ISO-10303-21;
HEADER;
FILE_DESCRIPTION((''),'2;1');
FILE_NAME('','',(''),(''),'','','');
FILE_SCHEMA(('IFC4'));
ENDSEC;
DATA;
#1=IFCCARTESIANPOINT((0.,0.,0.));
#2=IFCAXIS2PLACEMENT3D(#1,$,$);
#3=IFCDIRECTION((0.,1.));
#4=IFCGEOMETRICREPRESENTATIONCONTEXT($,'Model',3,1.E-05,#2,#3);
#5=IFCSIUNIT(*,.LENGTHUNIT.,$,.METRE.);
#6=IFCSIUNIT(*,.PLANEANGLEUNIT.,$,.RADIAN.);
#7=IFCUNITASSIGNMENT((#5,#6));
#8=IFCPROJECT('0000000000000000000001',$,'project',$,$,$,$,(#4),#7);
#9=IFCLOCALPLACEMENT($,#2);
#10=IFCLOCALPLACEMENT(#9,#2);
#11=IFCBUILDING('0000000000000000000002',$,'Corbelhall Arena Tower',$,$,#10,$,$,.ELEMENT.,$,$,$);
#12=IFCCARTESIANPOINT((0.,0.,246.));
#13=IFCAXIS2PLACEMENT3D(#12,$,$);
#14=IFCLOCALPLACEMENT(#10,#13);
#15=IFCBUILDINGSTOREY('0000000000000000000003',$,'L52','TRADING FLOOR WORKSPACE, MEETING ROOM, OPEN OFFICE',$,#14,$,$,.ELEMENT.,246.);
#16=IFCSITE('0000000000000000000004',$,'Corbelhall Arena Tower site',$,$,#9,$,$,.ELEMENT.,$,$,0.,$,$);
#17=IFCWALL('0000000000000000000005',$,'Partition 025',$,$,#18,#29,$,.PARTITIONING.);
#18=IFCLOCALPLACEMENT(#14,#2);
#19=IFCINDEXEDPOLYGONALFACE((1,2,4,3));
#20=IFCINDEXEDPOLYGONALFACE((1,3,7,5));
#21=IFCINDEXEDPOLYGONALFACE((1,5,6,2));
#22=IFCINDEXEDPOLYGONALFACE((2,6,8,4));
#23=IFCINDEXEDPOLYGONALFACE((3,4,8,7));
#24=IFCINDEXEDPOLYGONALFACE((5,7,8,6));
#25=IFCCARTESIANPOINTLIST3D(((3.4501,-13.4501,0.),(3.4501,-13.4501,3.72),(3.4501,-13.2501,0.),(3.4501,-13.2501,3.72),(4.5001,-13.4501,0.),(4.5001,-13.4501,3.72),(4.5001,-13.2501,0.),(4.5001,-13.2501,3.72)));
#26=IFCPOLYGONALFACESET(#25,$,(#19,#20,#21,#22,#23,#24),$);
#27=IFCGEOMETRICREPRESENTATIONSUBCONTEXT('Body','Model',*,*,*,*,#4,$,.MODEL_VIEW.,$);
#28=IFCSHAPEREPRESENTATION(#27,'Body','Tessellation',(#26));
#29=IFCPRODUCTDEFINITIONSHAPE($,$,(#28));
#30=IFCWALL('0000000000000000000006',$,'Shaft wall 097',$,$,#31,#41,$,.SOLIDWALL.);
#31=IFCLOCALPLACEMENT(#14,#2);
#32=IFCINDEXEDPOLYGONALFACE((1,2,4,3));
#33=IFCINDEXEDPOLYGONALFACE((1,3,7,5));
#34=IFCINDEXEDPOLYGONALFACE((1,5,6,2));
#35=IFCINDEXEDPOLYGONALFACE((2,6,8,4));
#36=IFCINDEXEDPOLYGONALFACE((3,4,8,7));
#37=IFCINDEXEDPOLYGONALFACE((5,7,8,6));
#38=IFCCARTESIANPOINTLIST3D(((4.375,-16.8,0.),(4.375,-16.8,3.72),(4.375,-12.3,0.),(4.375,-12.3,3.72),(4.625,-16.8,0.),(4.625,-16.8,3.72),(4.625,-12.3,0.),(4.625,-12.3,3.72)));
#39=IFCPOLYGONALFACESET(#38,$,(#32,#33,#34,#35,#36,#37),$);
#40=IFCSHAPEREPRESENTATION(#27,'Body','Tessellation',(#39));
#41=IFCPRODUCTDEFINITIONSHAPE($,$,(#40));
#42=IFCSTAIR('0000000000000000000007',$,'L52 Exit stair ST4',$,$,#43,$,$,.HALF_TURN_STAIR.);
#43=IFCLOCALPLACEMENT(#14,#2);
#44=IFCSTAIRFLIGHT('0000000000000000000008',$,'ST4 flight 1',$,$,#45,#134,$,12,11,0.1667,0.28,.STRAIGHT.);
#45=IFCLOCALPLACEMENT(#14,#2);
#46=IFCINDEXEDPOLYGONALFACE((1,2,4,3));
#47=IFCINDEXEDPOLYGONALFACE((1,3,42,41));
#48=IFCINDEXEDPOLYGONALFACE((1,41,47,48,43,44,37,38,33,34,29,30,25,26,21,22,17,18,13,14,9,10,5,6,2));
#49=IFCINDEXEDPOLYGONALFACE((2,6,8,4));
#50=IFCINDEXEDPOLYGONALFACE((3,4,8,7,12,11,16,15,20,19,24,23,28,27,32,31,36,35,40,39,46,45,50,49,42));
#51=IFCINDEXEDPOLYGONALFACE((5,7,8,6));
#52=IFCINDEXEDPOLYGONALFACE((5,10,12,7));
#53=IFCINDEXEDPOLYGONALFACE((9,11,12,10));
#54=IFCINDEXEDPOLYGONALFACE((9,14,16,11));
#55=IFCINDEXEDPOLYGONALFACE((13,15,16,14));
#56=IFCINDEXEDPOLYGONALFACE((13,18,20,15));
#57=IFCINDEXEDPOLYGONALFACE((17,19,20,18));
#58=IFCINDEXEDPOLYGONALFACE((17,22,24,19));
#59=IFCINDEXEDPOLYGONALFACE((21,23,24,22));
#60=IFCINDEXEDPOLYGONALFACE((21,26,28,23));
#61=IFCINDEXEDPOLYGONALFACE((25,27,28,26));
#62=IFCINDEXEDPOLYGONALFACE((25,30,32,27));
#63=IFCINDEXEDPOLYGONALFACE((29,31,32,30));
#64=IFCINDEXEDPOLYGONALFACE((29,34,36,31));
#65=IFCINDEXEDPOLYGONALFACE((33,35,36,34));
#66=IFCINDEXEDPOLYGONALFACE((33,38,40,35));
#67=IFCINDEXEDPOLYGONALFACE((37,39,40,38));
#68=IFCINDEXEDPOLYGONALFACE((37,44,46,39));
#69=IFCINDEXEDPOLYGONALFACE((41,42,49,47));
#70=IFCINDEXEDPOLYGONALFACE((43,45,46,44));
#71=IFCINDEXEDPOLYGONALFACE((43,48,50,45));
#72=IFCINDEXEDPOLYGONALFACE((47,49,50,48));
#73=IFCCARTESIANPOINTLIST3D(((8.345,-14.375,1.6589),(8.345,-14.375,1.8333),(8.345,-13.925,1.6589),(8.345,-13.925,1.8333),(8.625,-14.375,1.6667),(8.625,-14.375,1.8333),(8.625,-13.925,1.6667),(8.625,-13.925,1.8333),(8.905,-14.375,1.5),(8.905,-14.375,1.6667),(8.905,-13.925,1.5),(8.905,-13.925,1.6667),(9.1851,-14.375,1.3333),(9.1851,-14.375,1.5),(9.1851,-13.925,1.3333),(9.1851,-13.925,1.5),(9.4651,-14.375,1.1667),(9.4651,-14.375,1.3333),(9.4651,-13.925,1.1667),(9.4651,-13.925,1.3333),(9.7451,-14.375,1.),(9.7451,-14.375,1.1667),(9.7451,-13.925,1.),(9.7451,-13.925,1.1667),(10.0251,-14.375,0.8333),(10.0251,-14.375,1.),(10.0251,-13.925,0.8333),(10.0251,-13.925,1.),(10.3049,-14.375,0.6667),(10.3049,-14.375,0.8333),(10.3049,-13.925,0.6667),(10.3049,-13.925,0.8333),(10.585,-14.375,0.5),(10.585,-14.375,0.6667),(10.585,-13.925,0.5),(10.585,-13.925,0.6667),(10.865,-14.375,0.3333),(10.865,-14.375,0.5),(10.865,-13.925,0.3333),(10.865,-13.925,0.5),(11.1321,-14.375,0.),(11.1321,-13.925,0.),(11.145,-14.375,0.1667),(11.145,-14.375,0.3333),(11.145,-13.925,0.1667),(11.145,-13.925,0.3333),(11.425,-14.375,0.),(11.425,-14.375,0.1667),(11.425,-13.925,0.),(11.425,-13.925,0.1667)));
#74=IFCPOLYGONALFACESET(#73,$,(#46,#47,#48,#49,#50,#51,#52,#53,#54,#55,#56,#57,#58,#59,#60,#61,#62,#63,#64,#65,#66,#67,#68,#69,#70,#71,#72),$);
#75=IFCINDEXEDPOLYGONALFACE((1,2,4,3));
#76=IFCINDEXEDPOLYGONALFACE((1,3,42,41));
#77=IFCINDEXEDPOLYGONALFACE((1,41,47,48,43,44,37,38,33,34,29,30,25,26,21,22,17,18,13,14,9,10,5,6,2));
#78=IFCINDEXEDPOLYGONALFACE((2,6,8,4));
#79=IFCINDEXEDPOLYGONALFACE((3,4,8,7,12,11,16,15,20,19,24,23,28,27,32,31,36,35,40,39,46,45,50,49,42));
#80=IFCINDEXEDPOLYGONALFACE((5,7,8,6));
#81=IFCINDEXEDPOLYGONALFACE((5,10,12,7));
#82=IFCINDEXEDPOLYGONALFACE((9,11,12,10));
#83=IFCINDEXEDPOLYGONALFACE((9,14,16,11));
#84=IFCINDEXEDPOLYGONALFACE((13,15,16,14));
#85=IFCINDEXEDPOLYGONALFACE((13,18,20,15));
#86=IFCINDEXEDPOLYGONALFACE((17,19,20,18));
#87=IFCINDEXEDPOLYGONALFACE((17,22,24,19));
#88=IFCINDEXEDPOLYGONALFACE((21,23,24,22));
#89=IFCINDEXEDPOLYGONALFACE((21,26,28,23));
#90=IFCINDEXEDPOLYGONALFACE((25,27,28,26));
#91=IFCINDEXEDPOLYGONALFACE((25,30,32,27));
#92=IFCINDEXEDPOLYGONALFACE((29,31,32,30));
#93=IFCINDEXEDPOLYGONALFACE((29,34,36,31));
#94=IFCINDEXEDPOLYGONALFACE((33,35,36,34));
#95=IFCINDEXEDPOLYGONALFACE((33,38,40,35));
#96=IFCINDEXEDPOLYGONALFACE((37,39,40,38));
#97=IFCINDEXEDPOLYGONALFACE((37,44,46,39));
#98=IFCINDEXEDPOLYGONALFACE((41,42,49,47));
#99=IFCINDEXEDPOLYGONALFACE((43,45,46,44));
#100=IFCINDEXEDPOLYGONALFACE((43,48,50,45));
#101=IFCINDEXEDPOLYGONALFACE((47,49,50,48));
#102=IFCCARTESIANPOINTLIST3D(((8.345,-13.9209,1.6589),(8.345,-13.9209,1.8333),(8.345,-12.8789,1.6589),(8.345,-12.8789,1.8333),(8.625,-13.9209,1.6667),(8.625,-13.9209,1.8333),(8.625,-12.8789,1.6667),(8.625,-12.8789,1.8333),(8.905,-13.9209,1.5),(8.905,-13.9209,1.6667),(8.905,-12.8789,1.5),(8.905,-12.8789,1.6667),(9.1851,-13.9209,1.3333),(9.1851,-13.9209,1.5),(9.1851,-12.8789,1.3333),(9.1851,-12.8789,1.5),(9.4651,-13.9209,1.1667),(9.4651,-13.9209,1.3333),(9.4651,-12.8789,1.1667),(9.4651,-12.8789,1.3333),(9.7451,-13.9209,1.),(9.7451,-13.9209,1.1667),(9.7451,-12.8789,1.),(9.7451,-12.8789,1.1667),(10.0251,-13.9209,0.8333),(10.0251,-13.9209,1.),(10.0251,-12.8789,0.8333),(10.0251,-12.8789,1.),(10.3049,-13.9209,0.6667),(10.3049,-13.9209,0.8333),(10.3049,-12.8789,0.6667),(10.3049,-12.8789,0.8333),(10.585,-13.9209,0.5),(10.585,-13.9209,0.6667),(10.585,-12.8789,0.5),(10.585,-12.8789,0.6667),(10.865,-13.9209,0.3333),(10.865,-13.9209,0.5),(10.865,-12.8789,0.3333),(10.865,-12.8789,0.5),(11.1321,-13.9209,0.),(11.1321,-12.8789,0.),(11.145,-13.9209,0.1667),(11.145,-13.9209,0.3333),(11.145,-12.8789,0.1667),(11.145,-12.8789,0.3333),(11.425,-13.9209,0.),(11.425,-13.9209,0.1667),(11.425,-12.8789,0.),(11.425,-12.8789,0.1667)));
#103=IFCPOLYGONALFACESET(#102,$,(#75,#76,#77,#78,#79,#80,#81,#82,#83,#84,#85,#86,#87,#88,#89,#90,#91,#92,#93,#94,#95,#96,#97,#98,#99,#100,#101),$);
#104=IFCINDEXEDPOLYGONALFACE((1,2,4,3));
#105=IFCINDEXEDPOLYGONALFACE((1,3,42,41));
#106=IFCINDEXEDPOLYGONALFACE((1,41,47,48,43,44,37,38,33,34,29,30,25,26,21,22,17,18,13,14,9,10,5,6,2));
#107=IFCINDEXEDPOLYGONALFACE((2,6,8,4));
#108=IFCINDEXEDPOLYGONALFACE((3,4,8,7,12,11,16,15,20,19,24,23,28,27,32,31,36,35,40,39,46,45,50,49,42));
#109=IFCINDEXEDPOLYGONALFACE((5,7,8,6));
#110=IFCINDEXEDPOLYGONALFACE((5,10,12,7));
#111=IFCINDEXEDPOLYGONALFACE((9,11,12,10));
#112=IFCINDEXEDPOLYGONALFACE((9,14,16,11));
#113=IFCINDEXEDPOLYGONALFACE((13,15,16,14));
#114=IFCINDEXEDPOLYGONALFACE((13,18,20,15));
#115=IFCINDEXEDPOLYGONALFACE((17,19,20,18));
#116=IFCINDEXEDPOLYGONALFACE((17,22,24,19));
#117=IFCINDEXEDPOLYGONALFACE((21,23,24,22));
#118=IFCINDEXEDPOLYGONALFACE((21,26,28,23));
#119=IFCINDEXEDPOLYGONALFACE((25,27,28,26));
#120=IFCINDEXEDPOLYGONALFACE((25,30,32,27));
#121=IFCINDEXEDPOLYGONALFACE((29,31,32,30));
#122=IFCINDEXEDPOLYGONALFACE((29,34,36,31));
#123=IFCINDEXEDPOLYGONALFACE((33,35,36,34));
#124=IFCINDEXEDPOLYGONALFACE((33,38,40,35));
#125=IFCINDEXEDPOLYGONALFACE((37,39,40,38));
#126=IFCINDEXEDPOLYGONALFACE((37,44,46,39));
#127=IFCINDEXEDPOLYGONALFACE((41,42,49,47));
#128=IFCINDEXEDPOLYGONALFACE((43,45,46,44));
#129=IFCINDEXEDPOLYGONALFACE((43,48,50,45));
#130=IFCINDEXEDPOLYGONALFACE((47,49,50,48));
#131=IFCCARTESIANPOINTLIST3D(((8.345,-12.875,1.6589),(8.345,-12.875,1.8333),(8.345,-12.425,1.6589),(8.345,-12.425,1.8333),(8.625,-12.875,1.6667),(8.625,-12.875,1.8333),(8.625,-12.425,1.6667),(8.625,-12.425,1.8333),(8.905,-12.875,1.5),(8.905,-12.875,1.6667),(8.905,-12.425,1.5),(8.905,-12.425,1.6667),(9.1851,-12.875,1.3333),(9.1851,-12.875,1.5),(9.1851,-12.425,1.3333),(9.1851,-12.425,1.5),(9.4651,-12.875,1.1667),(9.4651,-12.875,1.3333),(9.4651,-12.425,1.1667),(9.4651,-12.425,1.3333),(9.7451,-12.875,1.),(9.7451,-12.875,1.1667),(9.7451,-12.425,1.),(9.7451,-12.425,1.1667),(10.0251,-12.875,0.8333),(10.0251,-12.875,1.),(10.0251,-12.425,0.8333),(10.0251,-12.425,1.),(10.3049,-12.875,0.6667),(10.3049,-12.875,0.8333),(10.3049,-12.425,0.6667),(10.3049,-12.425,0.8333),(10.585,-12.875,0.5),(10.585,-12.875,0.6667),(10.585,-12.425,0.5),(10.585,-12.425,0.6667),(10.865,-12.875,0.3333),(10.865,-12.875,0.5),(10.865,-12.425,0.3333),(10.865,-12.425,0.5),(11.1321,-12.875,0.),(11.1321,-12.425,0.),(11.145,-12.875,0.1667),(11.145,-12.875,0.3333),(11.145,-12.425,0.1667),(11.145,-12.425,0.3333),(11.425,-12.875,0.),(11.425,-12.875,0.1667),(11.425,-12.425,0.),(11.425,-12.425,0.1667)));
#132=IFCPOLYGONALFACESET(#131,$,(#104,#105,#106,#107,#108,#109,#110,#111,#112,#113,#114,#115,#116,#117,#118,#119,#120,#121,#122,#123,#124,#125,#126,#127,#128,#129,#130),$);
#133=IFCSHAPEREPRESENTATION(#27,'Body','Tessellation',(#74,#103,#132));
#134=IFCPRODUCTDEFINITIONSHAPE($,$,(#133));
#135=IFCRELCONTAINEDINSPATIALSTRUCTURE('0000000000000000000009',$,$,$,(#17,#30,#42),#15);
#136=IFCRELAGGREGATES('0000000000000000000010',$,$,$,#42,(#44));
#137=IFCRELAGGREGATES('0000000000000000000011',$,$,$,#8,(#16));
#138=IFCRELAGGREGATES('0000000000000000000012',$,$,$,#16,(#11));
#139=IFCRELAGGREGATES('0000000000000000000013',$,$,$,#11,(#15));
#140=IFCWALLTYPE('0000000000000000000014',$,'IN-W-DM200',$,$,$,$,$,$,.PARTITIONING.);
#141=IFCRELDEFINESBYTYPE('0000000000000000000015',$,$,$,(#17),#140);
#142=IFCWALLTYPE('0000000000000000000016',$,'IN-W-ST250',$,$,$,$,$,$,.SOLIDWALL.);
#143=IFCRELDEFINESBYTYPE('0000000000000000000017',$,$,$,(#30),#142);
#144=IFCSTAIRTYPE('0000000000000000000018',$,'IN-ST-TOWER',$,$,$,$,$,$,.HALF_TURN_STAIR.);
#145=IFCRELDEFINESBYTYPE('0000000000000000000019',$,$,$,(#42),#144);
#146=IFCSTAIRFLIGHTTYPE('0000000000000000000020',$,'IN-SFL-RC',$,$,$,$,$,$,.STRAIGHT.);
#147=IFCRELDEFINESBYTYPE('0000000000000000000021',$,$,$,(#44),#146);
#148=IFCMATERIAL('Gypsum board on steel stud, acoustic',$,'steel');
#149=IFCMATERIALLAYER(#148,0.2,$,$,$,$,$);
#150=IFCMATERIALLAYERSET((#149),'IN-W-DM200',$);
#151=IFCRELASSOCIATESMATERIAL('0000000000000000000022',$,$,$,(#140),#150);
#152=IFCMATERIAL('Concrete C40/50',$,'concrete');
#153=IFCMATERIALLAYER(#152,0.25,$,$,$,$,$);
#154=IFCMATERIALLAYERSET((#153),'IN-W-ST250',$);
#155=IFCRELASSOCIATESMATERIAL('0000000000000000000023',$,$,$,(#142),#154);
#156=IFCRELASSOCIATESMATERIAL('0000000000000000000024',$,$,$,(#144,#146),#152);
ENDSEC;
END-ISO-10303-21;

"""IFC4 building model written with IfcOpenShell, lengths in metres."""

from ifc_helpers import new_model, si_unit, direction, frame, frame_2d, origin, place, context, subcontext, project, spatial, polyline, rectangle, outline, extrude, material, layer, layer_set, type_object, element, aggregate, save


model = new_model("IFC4")

# Units and contexts
model_context = context("Model", 3, precision=1e-05, world=origin(), true_north=direction((0.0, 1.0)))
body_context = subcontext(model_context, "Body", "Model", "MODEL_VIEW")
ifc_project = project(units=[si_unit("LENGTHUNIT", "METRE"), si_unit("PLANEANGLEUNIT", "RADIAN")], contexts=[model_context])

# Site, building, storey
site_placement = place(None, origin())
site = spatial("IfcSite", under=ifc_project, at=site_placement, Name="Corbelhall Arena Tower site", CompositionType="ELEMENT", RefElevation=0.0)
building_placement = place(site_placement, origin())
building = spatial("IfcBuilding", under=site, at=building_placement, Name="Corbelhall Arena Tower", CompositionType="ELEMENT")
storey_placement = place(building_placement, frame((0.0, 0.0, 246.0)))
storey = spatial("IfcBuildingStorey", under=building, at=storey_placement, Name="L52", Description="TRADING FLOOR WORKSPACE, MEETING ROOM, OPEN OFFICE", CompositionType="ELEMENT", Elevation=246.0)

# Walls
ifc_material_1 = material(Name="Gypsum board on steel stud, acoustic", Category="steel")
ifc_layer_1 = layer(ifc_material_1, 0.2)
ifc_layer_set_1 = layer_set([ifc_layer_1], Name="IN-W-DM200")
wall_type_1 = type_object("IfcWallType", Name="IN-W-DM200", PredefinedType="PARTITIONING", material=ifc_layer_set_1)
wall_1_placement = place(storey_placement, frame((4.5, -13.3501, 0.0), z_axis=(0.0, 0.0, 1.0), x_axis=(-1.0, 0.0, 0.0)))
element("IfcWall", 1, at=wall_1_placement, inside=storey, type_object=wall_type_1, Name="Partition 025", PredefinedType="PARTITIONING", context=body_context, shape_type="SweptSolid", body=[
    extrude(rectangle(XDim=1.05, YDim=0.2, at=frame_2d((0.5249, 0.0))), origin(), (0.0, 0.0, 1.0), 3.72),
])
ifc_material_2 = material(Name="Concrete C40/50", Category="concrete")
ifc_layer_2 = layer(ifc_material_2, 0.25)
ifc_layer_set_2 = layer_set([ifc_layer_2], Name="IN-W-ST250")
wall_type_2 = type_object("IfcWallType", Name="IN-W-ST250", PredefinedType="SOLIDWALL", material=ifc_layer_set_2)
wall_2_placement = place(storey_placement, frame((4.5, -16.8, 0.0), z_axis=(0.0, 0.0, 1.0), x_axis=(0.0, 1.0, 0.0)))
element("IfcWall", 2, at=wall_2_placement, inside=storey, type_object=wall_type_2, Name="Shaft wall 097", PredefinedType="SOLIDWALL", context=body_context, shape_type="SweptSolid", body=[
    extrude(rectangle(XDim=4.5, YDim=0.25, at=frame_2d((2.25, 0.0))), origin(), (0.0, 0.0, 1.0), 3.72),
])

# Stair, stair flight
stair_type = type_object("IfcStairType", Name="IN-ST-TOWER", PredefinedType="HALF_TURN_STAIR", material=ifc_material_2)
stair_placement = place(storey_placement, origin())
stair = element("IfcStair", 3, at=stair_placement, inside=storey, type_object=stair_type, Name="L52 Exit stair ST4", PredefinedType="HALF_TURN_STAIR")
stair_flight_type = type_object("IfcStairFlightType", Name="IN-SFL-RC", PredefinedType="STRAIGHT", material=ifc_material_2)
stair_flight_1_placement = place(storey_placement, frame((11.425, -13.3999, 0.0), z_axis=(0.0, 0.0, 1.0), x_axis=(-1.0, 0.0, 0.0)))
stair_flight_1 = element("IfcStairFlight", 4, at=stair_flight_1_placement, type_object=stair_flight_type, Name="ST4 flight 1", NumberOfRisers=12, NumberOfTreads=11, PredefinedType="STRAIGHT", RiserHeight=0.1667, TreadLength=0.28, context=body_context, shape_type="SweptSolid", body=[
    extrude(outline(polyline([(0.0, 0.0), (0.0, 0.1667), (0.28, 0.1667), (0.28, 0.3333), (0.5601, 0.3333), (0.5601, 0.5), (0.8401, 0.5), (0.8401, 0.6667), (1.1201, 0.6667), (1.1201, 0.8333), (1.3999, 0.8333), (1.3999, 1.0), (1.6799, 1.0), (1.6799, 1.1667), (1.96, 1.1667), (1.96, 1.3333), (2.24, 1.3333), (2.24, 1.5), (2.52, 1.5), (2.52, 1.6667), (2.8, 1.6667), (2.8, 1.8333), (3.0801, 1.8333), (3.0801, 2.0), (3.0801, 1.6589), (0.293, 0.0), (0.0, 0.0)])), frame((0.0, 0.9751, 0.0), z_axis=(0.0, -1.0, 0.0), x_axis=(1.0, 0.0, 0.0)), (0.0, 0.0, 1.0), 0.45),
    extrude(outline(polyline([(0.0, 0.0), (0.0, 0.1667), (0.28, 0.1667), (0.28, 0.3333), (0.5601, 0.3333), (0.5601, 0.5), (0.8401, 0.5), (0.8401, 0.6667), (1.1201, 0.6667), (1.1201, 0.8333), (1.3999, 0.8333), (1.3999, 1.0), (1.6799, 1.0), (1.6799, 1.1667), (1.96, 1.1667), (1.96, 1.3333), (2.24, 1.3333), (2.24, 1.5), (2.52, 1.5), (2.52, 1.6667), (2.8, 1.6667), (2.8, 1.8333), (3.0801, 1.8333), (3.0801, 2.0), (3.0801, 1.6589), (0.293, 0.0), (0.0, 0.0)])), frame((0.0, 0.521, 0.0), z_axis=(0.0, -1.0, 0.0), x_axis=(1.0, 0.0, 0.0)), (0.0, 0.0, 1.0), 1.042),
    extrude(outline(polyline([(0.0, 0.0), (0.0, 0.1667), (0.28, 0.1667), (0.28, 0.3333), (0.5601, 0.3333), (0.5601, 0.5), (0.8401, 0.5), (0.8401, 0.6667), (1.1201, 0.6667), (1.1201, 0.8333), (1.3999, 0.8333), (1.3999, 1.0), (1.6799, 1.0), (1.6799, 1.1667), (1.96, 1.1667), (1.96, 1.3333), (2.24, 1.3333), (2.24, 1.5), (2.52, 1.5), (2.52, 1.6667), (2.8, 1.6667), (2.8, 1.8333), (3.0801, 1.8333), (3.0801, 2.0), (3.0801, 1.6589), (0.293, 0.0), (0.0, 0.0)])), frame((0.0, -0.5249, 0.0), z_axis=(0.0, -1.0, 0.0), x_axis=(1.0, 0.0, 0.0)), (0.0, 0.0, 1.0), 0.45),
])
aggregate(stair, [stair_flight_1])

save(model, "model.ifc")
